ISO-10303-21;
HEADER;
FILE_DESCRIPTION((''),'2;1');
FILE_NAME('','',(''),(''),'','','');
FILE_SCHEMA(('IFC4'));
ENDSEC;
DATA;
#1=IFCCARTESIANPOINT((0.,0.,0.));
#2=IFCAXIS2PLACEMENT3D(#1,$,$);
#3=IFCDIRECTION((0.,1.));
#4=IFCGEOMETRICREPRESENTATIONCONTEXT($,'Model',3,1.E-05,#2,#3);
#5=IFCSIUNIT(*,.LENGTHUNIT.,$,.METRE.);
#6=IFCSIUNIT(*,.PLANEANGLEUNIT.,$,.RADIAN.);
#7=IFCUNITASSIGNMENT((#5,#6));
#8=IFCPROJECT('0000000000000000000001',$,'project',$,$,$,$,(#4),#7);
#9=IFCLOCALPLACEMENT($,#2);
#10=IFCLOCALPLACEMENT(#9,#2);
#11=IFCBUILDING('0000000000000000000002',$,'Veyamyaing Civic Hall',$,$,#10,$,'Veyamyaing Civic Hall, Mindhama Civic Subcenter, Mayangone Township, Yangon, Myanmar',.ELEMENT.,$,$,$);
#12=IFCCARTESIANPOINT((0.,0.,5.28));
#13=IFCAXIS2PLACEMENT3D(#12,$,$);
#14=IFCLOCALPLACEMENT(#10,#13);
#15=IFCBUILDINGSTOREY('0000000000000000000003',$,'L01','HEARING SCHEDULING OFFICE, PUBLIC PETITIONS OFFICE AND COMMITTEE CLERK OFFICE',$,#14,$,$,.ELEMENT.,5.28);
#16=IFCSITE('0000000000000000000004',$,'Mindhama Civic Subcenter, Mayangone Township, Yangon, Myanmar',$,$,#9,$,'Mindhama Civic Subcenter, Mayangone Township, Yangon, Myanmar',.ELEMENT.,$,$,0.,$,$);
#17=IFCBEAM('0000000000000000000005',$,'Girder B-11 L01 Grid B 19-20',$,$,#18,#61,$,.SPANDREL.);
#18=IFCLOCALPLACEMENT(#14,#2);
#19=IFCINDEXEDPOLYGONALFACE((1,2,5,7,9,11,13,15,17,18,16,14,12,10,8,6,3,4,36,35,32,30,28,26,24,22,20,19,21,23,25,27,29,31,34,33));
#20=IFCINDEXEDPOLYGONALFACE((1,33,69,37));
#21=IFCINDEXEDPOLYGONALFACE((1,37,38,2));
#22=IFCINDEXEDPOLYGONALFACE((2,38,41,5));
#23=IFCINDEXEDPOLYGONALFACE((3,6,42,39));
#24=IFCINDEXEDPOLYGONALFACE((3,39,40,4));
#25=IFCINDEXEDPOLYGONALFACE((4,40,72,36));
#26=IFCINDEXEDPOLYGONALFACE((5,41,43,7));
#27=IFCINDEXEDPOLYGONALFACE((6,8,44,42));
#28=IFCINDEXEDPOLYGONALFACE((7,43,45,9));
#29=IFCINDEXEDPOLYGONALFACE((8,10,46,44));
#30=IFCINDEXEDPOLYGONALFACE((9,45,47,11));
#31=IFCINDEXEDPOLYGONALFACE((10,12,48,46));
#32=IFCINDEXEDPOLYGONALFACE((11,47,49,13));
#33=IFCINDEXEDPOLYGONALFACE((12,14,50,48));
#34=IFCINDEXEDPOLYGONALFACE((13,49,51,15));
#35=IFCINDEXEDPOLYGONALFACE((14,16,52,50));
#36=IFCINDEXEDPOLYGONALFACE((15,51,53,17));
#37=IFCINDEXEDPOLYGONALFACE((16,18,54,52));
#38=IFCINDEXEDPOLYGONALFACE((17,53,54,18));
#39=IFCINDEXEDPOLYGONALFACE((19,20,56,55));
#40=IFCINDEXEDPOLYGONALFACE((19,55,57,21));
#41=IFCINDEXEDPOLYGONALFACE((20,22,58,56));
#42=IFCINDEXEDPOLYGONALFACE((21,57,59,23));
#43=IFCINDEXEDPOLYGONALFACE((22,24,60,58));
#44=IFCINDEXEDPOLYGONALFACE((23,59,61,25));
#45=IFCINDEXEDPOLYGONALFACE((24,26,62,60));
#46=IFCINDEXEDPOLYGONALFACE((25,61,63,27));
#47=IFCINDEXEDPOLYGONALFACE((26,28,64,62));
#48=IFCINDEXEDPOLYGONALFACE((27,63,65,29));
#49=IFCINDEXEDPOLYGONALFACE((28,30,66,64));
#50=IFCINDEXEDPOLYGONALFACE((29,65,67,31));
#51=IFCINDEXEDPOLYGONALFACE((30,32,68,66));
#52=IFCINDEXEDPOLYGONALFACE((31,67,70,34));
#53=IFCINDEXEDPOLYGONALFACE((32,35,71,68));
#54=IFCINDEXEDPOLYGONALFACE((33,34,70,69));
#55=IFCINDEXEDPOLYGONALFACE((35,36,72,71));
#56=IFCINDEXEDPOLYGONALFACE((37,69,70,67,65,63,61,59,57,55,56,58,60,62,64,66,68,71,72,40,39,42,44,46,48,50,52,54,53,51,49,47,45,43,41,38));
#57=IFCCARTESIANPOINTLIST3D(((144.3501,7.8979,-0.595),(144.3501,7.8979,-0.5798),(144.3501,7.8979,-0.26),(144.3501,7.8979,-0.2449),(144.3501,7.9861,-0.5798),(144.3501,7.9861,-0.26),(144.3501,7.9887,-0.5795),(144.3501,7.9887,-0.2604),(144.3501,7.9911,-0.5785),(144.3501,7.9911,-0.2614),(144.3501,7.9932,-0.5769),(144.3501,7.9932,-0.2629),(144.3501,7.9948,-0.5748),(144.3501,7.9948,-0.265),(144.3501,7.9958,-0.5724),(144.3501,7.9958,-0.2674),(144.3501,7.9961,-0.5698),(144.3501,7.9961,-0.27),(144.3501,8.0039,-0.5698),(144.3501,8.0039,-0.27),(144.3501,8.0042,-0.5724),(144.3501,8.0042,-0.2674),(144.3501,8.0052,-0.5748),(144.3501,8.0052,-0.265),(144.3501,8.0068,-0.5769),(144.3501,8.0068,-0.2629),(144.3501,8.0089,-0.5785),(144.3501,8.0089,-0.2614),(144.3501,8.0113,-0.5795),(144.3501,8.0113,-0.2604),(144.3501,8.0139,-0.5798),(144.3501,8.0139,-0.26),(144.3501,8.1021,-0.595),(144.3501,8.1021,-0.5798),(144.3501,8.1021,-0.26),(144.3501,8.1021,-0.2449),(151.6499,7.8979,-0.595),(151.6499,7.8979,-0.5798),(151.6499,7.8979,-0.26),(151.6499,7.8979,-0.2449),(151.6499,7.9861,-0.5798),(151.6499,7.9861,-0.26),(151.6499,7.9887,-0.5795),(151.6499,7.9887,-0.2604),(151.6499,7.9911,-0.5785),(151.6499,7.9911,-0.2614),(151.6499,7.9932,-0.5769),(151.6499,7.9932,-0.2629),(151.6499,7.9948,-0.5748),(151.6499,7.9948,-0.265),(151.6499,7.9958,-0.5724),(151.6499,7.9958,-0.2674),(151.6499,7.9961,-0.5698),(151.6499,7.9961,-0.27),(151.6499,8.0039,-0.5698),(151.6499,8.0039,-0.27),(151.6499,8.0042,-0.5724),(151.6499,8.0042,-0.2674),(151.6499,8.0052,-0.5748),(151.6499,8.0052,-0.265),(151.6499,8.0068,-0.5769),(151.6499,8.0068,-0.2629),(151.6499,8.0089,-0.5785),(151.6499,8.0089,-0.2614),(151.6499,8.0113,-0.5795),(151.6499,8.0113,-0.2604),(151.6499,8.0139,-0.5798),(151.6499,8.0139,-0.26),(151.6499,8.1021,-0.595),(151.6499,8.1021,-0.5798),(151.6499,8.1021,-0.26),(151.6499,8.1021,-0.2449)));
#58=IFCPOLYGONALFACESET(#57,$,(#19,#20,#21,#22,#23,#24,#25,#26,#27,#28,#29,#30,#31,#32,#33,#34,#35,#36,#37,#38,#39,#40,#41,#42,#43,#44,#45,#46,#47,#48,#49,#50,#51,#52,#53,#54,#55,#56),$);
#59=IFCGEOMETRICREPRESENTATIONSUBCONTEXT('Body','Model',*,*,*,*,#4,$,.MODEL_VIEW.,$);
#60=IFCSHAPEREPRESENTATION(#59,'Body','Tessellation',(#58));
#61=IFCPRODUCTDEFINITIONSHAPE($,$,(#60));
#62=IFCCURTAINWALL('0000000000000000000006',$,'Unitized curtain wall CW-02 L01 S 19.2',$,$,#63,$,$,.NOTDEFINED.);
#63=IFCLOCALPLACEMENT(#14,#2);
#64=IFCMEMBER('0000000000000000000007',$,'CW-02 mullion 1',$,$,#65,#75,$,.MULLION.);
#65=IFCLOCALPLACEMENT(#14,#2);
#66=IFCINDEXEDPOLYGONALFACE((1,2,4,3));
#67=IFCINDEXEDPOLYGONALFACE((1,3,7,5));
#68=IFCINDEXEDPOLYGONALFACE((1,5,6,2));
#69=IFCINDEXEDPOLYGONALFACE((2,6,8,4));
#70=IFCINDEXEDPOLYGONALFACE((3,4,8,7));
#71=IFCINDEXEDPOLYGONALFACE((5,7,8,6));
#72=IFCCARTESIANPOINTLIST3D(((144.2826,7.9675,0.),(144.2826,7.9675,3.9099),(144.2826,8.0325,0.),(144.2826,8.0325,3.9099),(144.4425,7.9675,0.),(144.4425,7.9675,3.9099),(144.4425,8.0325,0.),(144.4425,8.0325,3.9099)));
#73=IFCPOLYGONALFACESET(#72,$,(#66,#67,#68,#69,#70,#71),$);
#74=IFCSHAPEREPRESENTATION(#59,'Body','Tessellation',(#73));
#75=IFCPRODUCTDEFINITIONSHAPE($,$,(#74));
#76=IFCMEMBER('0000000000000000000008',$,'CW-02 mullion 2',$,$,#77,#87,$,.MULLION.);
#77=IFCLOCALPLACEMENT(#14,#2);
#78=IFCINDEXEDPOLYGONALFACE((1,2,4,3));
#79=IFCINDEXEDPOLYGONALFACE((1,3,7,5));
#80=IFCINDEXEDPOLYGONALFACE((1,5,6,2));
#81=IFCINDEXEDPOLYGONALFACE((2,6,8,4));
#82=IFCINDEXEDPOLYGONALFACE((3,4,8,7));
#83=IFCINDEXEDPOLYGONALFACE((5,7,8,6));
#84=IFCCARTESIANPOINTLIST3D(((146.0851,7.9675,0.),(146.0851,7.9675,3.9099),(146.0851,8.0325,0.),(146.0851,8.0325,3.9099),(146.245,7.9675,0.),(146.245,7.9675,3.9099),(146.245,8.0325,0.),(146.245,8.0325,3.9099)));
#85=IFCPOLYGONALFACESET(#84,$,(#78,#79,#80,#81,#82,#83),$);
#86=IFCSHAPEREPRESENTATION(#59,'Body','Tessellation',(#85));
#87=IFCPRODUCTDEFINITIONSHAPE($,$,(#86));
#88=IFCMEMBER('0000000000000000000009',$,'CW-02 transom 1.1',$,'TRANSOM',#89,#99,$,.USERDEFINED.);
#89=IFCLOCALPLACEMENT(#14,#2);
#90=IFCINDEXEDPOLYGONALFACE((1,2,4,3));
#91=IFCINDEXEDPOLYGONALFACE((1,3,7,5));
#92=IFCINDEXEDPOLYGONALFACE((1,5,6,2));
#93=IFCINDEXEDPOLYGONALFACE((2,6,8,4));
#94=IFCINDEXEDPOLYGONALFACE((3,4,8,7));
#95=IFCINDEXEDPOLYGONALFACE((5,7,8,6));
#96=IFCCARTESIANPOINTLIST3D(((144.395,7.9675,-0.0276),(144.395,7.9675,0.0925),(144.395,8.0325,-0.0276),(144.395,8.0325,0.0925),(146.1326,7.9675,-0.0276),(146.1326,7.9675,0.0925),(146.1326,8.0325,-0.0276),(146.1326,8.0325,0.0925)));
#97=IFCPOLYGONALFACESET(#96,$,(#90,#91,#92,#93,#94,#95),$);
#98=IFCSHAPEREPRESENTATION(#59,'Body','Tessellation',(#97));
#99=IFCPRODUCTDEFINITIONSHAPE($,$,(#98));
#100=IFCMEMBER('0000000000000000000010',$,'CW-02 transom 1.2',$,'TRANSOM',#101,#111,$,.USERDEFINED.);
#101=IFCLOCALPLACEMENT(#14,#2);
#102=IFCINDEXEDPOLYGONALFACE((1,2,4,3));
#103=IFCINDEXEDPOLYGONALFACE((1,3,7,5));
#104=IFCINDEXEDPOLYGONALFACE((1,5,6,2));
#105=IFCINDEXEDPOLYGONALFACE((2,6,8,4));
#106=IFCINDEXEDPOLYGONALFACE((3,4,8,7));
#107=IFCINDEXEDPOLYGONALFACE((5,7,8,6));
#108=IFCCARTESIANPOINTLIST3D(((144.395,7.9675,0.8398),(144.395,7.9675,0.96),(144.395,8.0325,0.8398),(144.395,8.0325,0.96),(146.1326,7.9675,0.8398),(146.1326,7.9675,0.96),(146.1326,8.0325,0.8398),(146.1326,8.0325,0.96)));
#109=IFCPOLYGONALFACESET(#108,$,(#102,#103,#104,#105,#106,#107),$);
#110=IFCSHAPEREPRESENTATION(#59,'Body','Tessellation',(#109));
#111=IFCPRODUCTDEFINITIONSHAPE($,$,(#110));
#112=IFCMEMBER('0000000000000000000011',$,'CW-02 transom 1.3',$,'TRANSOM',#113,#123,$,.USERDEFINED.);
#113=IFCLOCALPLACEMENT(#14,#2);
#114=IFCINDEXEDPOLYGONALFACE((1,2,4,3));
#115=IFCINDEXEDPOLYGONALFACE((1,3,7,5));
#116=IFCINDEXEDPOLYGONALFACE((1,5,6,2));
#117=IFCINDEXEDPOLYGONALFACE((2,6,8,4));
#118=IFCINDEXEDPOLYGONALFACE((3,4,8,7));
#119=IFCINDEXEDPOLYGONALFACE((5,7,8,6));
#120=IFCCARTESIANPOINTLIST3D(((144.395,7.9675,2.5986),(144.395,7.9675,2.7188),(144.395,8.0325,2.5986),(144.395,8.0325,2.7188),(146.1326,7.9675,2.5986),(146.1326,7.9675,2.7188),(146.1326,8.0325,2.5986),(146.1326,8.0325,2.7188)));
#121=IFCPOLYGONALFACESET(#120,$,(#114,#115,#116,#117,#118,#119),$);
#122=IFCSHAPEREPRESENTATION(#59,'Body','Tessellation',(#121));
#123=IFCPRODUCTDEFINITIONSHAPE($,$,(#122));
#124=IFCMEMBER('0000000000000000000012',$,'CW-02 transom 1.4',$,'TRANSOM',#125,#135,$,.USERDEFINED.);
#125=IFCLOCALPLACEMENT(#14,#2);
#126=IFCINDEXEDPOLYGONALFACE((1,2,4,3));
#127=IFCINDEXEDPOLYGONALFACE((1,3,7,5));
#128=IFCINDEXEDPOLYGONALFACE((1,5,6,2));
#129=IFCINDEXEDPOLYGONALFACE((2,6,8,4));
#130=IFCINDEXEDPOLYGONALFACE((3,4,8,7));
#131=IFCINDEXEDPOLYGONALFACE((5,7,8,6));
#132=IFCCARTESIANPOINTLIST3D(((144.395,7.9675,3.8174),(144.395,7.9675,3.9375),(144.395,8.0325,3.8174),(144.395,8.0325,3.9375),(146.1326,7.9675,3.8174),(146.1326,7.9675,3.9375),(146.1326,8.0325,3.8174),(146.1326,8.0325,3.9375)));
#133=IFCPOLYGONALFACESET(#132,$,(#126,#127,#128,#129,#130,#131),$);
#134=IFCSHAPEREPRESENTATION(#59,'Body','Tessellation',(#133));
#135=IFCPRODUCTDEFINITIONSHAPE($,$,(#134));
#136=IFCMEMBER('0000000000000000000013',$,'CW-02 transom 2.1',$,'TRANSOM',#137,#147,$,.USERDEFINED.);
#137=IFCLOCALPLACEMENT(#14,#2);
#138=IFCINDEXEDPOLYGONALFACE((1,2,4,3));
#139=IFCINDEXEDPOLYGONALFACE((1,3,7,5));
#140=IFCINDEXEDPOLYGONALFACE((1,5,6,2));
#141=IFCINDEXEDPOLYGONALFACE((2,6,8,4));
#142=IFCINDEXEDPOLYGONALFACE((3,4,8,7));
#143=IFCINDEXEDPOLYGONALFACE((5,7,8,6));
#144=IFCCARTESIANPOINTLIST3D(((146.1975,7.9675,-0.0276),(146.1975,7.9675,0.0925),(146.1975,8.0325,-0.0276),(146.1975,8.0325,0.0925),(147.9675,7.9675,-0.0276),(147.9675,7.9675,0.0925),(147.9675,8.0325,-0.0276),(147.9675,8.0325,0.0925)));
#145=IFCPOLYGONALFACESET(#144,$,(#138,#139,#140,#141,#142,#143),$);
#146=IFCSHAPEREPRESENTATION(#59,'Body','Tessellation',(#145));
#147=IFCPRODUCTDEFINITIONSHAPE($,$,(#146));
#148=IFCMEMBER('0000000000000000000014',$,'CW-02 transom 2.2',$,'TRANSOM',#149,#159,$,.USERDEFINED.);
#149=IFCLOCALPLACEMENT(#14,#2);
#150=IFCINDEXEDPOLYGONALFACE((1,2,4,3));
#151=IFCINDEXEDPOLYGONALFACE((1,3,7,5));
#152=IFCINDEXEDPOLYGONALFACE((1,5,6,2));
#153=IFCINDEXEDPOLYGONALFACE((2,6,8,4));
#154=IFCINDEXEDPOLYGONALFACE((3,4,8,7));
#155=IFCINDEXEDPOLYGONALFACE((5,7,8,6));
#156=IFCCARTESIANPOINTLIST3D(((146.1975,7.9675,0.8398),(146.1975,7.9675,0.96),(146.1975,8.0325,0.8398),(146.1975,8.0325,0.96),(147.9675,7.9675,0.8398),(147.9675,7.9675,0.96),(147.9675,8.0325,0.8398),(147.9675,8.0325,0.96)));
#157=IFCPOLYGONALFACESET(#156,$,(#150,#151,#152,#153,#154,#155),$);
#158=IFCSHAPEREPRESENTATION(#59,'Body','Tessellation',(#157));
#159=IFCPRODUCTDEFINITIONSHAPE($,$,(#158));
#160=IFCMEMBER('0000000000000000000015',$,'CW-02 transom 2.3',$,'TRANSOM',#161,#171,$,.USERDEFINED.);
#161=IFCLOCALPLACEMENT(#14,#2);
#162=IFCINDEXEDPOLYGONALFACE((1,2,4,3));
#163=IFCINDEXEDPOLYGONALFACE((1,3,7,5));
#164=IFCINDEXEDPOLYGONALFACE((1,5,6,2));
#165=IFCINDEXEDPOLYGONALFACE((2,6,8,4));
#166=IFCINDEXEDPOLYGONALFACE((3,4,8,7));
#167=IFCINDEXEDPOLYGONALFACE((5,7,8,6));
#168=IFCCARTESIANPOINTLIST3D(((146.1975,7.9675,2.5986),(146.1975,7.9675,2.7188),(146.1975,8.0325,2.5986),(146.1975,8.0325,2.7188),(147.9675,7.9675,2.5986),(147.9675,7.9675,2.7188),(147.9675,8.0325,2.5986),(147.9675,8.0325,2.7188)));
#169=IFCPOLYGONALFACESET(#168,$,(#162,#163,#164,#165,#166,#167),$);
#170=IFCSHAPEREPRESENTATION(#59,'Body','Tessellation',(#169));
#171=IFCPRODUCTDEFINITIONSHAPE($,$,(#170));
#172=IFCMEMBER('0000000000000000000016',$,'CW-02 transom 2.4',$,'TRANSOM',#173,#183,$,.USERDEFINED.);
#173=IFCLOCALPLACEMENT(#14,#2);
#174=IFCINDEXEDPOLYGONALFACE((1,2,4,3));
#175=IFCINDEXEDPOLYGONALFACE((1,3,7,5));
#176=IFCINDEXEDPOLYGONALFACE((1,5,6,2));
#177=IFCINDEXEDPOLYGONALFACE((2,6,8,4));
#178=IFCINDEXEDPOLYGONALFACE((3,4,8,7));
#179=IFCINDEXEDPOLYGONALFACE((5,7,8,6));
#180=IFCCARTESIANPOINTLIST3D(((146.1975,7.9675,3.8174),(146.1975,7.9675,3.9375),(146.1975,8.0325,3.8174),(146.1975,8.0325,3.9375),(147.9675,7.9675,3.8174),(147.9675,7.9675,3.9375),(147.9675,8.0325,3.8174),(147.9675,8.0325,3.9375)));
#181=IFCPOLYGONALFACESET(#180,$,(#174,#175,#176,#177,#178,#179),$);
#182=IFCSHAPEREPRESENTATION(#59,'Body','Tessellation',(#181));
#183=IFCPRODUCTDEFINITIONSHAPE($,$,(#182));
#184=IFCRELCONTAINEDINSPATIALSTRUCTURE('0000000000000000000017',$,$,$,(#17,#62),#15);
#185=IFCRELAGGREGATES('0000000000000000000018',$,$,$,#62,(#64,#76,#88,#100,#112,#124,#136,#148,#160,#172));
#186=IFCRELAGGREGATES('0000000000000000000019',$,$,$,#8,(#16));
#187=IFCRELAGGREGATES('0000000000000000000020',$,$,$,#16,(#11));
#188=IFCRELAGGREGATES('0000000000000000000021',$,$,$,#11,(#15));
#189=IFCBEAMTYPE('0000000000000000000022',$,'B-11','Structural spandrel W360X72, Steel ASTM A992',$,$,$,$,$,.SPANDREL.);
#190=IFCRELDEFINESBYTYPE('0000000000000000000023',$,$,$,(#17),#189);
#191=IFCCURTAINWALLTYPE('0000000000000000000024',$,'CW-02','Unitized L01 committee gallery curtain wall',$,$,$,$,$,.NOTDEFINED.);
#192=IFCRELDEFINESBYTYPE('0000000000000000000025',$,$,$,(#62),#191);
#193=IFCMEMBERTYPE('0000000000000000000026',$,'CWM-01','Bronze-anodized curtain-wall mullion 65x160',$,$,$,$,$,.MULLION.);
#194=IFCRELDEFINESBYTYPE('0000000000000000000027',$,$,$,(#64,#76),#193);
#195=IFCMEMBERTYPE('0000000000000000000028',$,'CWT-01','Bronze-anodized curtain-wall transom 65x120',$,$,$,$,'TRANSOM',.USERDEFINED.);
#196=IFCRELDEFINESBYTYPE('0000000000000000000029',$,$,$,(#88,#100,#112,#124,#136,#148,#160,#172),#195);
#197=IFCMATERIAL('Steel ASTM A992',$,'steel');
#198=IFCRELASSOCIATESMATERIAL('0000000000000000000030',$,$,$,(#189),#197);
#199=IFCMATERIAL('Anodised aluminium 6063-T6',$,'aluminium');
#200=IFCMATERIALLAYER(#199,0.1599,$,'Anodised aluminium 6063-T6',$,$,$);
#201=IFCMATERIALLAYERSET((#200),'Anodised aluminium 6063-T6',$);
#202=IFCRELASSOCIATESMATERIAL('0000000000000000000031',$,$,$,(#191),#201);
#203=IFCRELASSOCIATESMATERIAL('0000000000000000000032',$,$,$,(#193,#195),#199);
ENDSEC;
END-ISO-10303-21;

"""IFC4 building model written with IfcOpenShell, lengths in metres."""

from ifc_helpers import new_model, si_unit, direction, frame, origin, origin_2d, place, context, subcontext, project, spatial, rectangle, i_section, extrude, material, layer, layer_set, material_profile, profile_set, type_object, element, aggregate, save


model = new_model("IFC4")

# Units and contexts
model_context = context("Model", 3, precision=1e-05, world=origin(), true_north=direction((0.0, 1.0)))
body_context = subcontext(model_context, "Body", "Model", "MODEL_VIEW")
ifc_project = project(units=[si_unit("LENGTHUNIT", "METRE"), si_unit("PLANEANGLEUNIT", "RADIAN")], contexts=[model_context])

# Site, building, storey
site_placement = place(None, origin())
site = spatial("IfcSite", under=ifc_project, at=site_placement, Name="Mindhama Civic Subcenter, Mayangone Township, Yangon, Myanmar", LongName="Mindhama Civic Subcenter, Mayangone Township, Yangon, Myanmar", CompositionType="ELEMENT", RefElevation=0.0)
building_placement = place(site_placement, origin())
building = spatial("IfcBuilding", under=site, at=building_placement, Name="Veyamyaing Civic Hall", LongName="Veyamyaing Civic Hall, Mindhama Civic Subcenter, Mayangone Township, Yangon, Myanmar", CompositionType="ELEMENT")
storey_placement = place(building_placement, frame((0.0, 0.0, 5.28)))
storey = spatial("IfcBuildingStorey", under=building, at=storey_placement, Name="L01", Description="HEARING SCHEDULING OFFICE, PUBLIC PETITIONS OFFICE AND COMMITTEE CLERK OFFICE", CompositionType="ELEMENT", Elevation=5.28)

# Beam
ifc_material_1 = material(Name="Steel ASTM A992", Category="steel")
ifc_material_profile_1 = material_profile(ifc_material_1, i_section(OverallWidth=0.2041, OverallDepth=0.3501, WebThickness=0.0078, FlangeThickness=0.0151, FilletRadius=0.01, at=origin_2d()), Name="W360X72")
ifc_profile_set_1 = profile_set([ifc_material_profile_1], Name="Steel ASTM A992")
beam_type = type_object("IfcBeamType", Name="B-11", Description="Structural spandrel W360X72, Steel ASTM A992", PredefinedType="SPANDREL", material=ifc_profile_set_1)
beam_placement = place(storey_placement, frame((144.3501, 8.0, -0.4199), z_axis=(1.0, 0.0, 0.0), x_axis=(0.0, 1.0, 0.0)))
element("IfcBeam", 1, at=beam_placement, inside=storey, type_object=beam_type, Name="Girder B-11 L01 Grid B 19-20", PredefinedType="SPANDREL", context=body_context, shape_type="SweptSolid", body=[
    extrude(i_section(OverallWidth=0.2041, OverallDepth=0.3501, WebThickness=0.0078, FlangeThickness=0.0151, FilletRadius=0.01, at=origin_2d()), origin(), (0.0, 0.0, 1.0), 7.2998),
])

# Curtain wall, members
ifc_material_2 = material(Name="Anodised aluminium 6063-T6", Category="aluminium")
ifc_layer_1 = layer(ifc_material_2, 0.1599, Name="Anodised aluminium 6063-T6")
ifc_layer_set_1 = layer_set([ifc_layer_1], Name="Anodised aluminium 6063-T6")
curtain_wall_type = type_object("IfcCurtainWallType", Name="CW-02", Description="Unitized L01 committee gallery curtain wall", PredefinedType="NOTDEFINED", material=ifc_layer_set_1)
curtain_wall_placement = place(storey_placement, origin())
curtain_wall = element("IfcCurtainWall", 2, at=curtain_wall_placement, inside=storey, type_object=curtain_wall_type, Name="Unitized curtain wall CW-02 L01 S 19.2", PredefinedType="NOTDEFINED")
ifc_material_profile_2 = material_profile(ifc_material_2, rectangle(XDim=0.0649, YDim=0.1599, at=origin_2d()), Name="ALU-MUL-65X160")
ifc_profile_set_2 = profile_set([ifc_material_profile_2], Name="Anodised aluminium 6063-T6")
member_type_1 = type_object("IfcMemberType", Name="CWM-01", Description="Bronze-anodized curtain-wall mullion 65x160", PredefinedType="MULLION", material=ifc_profile_set_2)
member_1_placement = place(storey_placement, frame((144.3625, 8.0, 0.0), z_axis=(0.0, 0.0, 1.0), x_axis=(0.0, 1.0, 0.0)))
member_1 = element("IfcMember", 3, at=member_1_placement, type_object=member_type_1, Name="CW-02 mullion 1", PredefinedType="MULLION", context=body_context, shape_type="SweptSolid", body=[
    extrude(rectangle(XDim=0.0649, YDim=0.1599, at=origin_2d()), origin(), (0.0, 0.0, 1.0), 3.9099),
])
member_2_placement = place(storey_placement, frame((146.165, 8.0, 0.0), z_axis=(0.0, 0.0, 1.0), x_axis=(0.0, 1.0, 0.0)))
member_2 = element("IfcMember", 4, at=member_2_placement, type_object=member_type_1, Name="CW-02 mullion 2", PredefinedType="MULLION", context=body_context, shape_type="SweptSolid", body=[
    extrude(rectangle(XDim=0.0649, YDim=0.1599, at=origin_2d()), origin(), (0.0, 0.0, 1.0), 3.9099),
])
ifc_material_profile_3 = material_profile(ifc_material_2, rectangle(XDim=0.0649, YDim=0.1201, at=origin_2d()), Name="ALU-TRN-65X120")
ifc_profile_set_3 = profile_set([ifc_material_profile_3], Name="Anodised aluminium 6063-T6")
member_type_2 = type_object("IfcMemberType", Name="CWT-01", Description="Bronze-anodized curtain-wall transom 65x120", ElementType="TRANSOM", PredefinedType="USERDEFINED", material=ifc_profile_set_3)
member_3_placement = place(storey_placement, frame((144.395, 8.0, 0.0325), z_axis=(1.0, 0.0, 0.0), x_axis=(0.0, 1.0, 0.0)))
member_3 = element("IfcMember", 5, at=member_3_placement, type_object=member_type_2, Name="CW-02 transom 1.1", ObjectType="TRANSOM", PredefinedType="USERDEFINED", context=body_context, shape_type="SweptSolid", body=[
    extrude(rectangle(XDim=0.0649, YDim=0.1201, at=origin_2d()), origin(), (0.0, 0.0, 1.0), 1.7375),
])
member_4_placement = place(storey_placement, frame((144.395, 8.0, 0.8999), z_axis=(1.0, 0.0, 0.0), x_axis=(0.0, 1.0, 0.0)))
member_4 = element("IfcMember", 6, at=member_4_placement, type_object=member_type_2, Name="CW-02 transom 1.2", ObjectType="TRANSOM", PredefinedType="USERDEFINED", context=body_context, shape_type="SweptSolid", body=[
    extrude(rectangle(XDim=0.0649, YDim=0.1201, at=origin_2d()), origin(), (0.0, 0.0, 1.0), 1.7375),
])
member_5_placement = place(storey_placement, frame((144.395, 8.0, 2.6587), z_axis=(1.0, 0.0, 0.0), x_axis=(0.0, 1.0, 0.0)))
member_5 = element("IfcMember", 7, at=member_5_placement, type_object=member_type_2, Name="CW-02 transom 1.3", ObjectType="TRANSOM", PredefinedType="USERDEFINED", context=body_context, shape_type="SweptSolid", body=[
    extrude(rectangle(XDim=0.0649, YDim=0.1201, at=origin_2d()), origin(), (0.0, 0.0, 1.0), 1.7375),
])
member_6_placement = place(storey_placement, frame((144.395, 8.0, 3.8774), z_axis=(1.0, 0.0, 0.0), x_axis=(0.0, 1.0, 0.0)))
member_6 = element("IfcMember", 8, at=member_6_placement, type_object=member_type_2, Name="CW-02 transom 1.4", ObjectType="TRANSOM", PredefinedType="USERDEFINED", context=body_context, shape_type="SweptSolid", body=[
    extrude(rectangle(XDim=0.0649, YDim=0.1201, at=origin_2d()), origin(), (0.0, 0.0, 1.0), 1.7375),
])
member_7_placement = place(storey_placement, frame((146.1975, 8.0, 0.0325), z_axis=(1.0, 0.0, 0.0), x_axis=(0.0, 1.0, 0.0)))
member_7 = element("IfcMember", 9, at=member_7_placement, type_object=member_type_2, Name="CW-02 transom 2.1", ObjectType="TRANSOM", PredefinedType="USERDEFINED", context=body_context, shape_type="SweptSolid", body=[
    extrude(rectangle(XDim=0.0649, YDim=0.1201, at=origin_2d()), origin(), (0.0, 0.0, 1.0), 1.77),
])
member_8_placement = place(storey_placement, frame((146.1975, 8.0, 0.8999), z_axis=(1.0, 0.0, 0.0), x_axis=(0.0, 1.0, 0.0)))
member_8 = element("IfcMember", 10, at=member_8_placement, type_object=member_type_2, Name="CW-02 transom 2.2", ObjectType="TRANSOM", PredefinedType="USERDEFINED", context=body_context, shape_type="SweptSolid", body=[
    extrude(rectangle(XDim=0.0649, YDim=0.1201, at=origin_2d()), origin(), (0.0, 0.0, 1.0), 1.77),
])
member_9_placement = place(storey_placement, frame((146.1975, 8.0, 2.6587), z_axis=(1.0, 0.0, 0.0), x_axis=(0.0, 1.0, 0.0)))
member_9 = element("IfcMember", 11, at=member_9_placement, type_object=member_type_2, Name="CW-02 transom 2.3", ObjectType="TRANSOM", PredefinedType="USERDEFINED", context=body_context, shape_type="SweptSolid", body=[
    extrude(rectangle(XDim=0.0649, YDim=0.1201, at=origin_2d()), origin(), (0.0, 0.0, 1.0), 1.77),
])
member_10_placement = place(storey_placement, frame((146.1975, 8.0, 3.8774), z_axis=(1.0, 0.0, 0.0), x_axis=(0.0, 1.0, 0.0)))
member_10 = element("IfcMember", 12, at=member_10_placement, type_object=member_type_2, Name="CW-02 transom 2.4", ObjectType="TRANSOM", PredefinedType="USERDEFINED", context=body_context, shape_type="SweptSolid", body=[
    extrude(rectangle(XDim=0.0649, YDim=0.1201, at=origin_2d()), origin(), (0.0, 0.0, 1.0), 1.77),
])
aggregate(curtain_wall, [member_1, member_2, member_3, member_4, member_5, member_6, member_7, member_8, member_9, member_10])

save(model, "model.ifc")
